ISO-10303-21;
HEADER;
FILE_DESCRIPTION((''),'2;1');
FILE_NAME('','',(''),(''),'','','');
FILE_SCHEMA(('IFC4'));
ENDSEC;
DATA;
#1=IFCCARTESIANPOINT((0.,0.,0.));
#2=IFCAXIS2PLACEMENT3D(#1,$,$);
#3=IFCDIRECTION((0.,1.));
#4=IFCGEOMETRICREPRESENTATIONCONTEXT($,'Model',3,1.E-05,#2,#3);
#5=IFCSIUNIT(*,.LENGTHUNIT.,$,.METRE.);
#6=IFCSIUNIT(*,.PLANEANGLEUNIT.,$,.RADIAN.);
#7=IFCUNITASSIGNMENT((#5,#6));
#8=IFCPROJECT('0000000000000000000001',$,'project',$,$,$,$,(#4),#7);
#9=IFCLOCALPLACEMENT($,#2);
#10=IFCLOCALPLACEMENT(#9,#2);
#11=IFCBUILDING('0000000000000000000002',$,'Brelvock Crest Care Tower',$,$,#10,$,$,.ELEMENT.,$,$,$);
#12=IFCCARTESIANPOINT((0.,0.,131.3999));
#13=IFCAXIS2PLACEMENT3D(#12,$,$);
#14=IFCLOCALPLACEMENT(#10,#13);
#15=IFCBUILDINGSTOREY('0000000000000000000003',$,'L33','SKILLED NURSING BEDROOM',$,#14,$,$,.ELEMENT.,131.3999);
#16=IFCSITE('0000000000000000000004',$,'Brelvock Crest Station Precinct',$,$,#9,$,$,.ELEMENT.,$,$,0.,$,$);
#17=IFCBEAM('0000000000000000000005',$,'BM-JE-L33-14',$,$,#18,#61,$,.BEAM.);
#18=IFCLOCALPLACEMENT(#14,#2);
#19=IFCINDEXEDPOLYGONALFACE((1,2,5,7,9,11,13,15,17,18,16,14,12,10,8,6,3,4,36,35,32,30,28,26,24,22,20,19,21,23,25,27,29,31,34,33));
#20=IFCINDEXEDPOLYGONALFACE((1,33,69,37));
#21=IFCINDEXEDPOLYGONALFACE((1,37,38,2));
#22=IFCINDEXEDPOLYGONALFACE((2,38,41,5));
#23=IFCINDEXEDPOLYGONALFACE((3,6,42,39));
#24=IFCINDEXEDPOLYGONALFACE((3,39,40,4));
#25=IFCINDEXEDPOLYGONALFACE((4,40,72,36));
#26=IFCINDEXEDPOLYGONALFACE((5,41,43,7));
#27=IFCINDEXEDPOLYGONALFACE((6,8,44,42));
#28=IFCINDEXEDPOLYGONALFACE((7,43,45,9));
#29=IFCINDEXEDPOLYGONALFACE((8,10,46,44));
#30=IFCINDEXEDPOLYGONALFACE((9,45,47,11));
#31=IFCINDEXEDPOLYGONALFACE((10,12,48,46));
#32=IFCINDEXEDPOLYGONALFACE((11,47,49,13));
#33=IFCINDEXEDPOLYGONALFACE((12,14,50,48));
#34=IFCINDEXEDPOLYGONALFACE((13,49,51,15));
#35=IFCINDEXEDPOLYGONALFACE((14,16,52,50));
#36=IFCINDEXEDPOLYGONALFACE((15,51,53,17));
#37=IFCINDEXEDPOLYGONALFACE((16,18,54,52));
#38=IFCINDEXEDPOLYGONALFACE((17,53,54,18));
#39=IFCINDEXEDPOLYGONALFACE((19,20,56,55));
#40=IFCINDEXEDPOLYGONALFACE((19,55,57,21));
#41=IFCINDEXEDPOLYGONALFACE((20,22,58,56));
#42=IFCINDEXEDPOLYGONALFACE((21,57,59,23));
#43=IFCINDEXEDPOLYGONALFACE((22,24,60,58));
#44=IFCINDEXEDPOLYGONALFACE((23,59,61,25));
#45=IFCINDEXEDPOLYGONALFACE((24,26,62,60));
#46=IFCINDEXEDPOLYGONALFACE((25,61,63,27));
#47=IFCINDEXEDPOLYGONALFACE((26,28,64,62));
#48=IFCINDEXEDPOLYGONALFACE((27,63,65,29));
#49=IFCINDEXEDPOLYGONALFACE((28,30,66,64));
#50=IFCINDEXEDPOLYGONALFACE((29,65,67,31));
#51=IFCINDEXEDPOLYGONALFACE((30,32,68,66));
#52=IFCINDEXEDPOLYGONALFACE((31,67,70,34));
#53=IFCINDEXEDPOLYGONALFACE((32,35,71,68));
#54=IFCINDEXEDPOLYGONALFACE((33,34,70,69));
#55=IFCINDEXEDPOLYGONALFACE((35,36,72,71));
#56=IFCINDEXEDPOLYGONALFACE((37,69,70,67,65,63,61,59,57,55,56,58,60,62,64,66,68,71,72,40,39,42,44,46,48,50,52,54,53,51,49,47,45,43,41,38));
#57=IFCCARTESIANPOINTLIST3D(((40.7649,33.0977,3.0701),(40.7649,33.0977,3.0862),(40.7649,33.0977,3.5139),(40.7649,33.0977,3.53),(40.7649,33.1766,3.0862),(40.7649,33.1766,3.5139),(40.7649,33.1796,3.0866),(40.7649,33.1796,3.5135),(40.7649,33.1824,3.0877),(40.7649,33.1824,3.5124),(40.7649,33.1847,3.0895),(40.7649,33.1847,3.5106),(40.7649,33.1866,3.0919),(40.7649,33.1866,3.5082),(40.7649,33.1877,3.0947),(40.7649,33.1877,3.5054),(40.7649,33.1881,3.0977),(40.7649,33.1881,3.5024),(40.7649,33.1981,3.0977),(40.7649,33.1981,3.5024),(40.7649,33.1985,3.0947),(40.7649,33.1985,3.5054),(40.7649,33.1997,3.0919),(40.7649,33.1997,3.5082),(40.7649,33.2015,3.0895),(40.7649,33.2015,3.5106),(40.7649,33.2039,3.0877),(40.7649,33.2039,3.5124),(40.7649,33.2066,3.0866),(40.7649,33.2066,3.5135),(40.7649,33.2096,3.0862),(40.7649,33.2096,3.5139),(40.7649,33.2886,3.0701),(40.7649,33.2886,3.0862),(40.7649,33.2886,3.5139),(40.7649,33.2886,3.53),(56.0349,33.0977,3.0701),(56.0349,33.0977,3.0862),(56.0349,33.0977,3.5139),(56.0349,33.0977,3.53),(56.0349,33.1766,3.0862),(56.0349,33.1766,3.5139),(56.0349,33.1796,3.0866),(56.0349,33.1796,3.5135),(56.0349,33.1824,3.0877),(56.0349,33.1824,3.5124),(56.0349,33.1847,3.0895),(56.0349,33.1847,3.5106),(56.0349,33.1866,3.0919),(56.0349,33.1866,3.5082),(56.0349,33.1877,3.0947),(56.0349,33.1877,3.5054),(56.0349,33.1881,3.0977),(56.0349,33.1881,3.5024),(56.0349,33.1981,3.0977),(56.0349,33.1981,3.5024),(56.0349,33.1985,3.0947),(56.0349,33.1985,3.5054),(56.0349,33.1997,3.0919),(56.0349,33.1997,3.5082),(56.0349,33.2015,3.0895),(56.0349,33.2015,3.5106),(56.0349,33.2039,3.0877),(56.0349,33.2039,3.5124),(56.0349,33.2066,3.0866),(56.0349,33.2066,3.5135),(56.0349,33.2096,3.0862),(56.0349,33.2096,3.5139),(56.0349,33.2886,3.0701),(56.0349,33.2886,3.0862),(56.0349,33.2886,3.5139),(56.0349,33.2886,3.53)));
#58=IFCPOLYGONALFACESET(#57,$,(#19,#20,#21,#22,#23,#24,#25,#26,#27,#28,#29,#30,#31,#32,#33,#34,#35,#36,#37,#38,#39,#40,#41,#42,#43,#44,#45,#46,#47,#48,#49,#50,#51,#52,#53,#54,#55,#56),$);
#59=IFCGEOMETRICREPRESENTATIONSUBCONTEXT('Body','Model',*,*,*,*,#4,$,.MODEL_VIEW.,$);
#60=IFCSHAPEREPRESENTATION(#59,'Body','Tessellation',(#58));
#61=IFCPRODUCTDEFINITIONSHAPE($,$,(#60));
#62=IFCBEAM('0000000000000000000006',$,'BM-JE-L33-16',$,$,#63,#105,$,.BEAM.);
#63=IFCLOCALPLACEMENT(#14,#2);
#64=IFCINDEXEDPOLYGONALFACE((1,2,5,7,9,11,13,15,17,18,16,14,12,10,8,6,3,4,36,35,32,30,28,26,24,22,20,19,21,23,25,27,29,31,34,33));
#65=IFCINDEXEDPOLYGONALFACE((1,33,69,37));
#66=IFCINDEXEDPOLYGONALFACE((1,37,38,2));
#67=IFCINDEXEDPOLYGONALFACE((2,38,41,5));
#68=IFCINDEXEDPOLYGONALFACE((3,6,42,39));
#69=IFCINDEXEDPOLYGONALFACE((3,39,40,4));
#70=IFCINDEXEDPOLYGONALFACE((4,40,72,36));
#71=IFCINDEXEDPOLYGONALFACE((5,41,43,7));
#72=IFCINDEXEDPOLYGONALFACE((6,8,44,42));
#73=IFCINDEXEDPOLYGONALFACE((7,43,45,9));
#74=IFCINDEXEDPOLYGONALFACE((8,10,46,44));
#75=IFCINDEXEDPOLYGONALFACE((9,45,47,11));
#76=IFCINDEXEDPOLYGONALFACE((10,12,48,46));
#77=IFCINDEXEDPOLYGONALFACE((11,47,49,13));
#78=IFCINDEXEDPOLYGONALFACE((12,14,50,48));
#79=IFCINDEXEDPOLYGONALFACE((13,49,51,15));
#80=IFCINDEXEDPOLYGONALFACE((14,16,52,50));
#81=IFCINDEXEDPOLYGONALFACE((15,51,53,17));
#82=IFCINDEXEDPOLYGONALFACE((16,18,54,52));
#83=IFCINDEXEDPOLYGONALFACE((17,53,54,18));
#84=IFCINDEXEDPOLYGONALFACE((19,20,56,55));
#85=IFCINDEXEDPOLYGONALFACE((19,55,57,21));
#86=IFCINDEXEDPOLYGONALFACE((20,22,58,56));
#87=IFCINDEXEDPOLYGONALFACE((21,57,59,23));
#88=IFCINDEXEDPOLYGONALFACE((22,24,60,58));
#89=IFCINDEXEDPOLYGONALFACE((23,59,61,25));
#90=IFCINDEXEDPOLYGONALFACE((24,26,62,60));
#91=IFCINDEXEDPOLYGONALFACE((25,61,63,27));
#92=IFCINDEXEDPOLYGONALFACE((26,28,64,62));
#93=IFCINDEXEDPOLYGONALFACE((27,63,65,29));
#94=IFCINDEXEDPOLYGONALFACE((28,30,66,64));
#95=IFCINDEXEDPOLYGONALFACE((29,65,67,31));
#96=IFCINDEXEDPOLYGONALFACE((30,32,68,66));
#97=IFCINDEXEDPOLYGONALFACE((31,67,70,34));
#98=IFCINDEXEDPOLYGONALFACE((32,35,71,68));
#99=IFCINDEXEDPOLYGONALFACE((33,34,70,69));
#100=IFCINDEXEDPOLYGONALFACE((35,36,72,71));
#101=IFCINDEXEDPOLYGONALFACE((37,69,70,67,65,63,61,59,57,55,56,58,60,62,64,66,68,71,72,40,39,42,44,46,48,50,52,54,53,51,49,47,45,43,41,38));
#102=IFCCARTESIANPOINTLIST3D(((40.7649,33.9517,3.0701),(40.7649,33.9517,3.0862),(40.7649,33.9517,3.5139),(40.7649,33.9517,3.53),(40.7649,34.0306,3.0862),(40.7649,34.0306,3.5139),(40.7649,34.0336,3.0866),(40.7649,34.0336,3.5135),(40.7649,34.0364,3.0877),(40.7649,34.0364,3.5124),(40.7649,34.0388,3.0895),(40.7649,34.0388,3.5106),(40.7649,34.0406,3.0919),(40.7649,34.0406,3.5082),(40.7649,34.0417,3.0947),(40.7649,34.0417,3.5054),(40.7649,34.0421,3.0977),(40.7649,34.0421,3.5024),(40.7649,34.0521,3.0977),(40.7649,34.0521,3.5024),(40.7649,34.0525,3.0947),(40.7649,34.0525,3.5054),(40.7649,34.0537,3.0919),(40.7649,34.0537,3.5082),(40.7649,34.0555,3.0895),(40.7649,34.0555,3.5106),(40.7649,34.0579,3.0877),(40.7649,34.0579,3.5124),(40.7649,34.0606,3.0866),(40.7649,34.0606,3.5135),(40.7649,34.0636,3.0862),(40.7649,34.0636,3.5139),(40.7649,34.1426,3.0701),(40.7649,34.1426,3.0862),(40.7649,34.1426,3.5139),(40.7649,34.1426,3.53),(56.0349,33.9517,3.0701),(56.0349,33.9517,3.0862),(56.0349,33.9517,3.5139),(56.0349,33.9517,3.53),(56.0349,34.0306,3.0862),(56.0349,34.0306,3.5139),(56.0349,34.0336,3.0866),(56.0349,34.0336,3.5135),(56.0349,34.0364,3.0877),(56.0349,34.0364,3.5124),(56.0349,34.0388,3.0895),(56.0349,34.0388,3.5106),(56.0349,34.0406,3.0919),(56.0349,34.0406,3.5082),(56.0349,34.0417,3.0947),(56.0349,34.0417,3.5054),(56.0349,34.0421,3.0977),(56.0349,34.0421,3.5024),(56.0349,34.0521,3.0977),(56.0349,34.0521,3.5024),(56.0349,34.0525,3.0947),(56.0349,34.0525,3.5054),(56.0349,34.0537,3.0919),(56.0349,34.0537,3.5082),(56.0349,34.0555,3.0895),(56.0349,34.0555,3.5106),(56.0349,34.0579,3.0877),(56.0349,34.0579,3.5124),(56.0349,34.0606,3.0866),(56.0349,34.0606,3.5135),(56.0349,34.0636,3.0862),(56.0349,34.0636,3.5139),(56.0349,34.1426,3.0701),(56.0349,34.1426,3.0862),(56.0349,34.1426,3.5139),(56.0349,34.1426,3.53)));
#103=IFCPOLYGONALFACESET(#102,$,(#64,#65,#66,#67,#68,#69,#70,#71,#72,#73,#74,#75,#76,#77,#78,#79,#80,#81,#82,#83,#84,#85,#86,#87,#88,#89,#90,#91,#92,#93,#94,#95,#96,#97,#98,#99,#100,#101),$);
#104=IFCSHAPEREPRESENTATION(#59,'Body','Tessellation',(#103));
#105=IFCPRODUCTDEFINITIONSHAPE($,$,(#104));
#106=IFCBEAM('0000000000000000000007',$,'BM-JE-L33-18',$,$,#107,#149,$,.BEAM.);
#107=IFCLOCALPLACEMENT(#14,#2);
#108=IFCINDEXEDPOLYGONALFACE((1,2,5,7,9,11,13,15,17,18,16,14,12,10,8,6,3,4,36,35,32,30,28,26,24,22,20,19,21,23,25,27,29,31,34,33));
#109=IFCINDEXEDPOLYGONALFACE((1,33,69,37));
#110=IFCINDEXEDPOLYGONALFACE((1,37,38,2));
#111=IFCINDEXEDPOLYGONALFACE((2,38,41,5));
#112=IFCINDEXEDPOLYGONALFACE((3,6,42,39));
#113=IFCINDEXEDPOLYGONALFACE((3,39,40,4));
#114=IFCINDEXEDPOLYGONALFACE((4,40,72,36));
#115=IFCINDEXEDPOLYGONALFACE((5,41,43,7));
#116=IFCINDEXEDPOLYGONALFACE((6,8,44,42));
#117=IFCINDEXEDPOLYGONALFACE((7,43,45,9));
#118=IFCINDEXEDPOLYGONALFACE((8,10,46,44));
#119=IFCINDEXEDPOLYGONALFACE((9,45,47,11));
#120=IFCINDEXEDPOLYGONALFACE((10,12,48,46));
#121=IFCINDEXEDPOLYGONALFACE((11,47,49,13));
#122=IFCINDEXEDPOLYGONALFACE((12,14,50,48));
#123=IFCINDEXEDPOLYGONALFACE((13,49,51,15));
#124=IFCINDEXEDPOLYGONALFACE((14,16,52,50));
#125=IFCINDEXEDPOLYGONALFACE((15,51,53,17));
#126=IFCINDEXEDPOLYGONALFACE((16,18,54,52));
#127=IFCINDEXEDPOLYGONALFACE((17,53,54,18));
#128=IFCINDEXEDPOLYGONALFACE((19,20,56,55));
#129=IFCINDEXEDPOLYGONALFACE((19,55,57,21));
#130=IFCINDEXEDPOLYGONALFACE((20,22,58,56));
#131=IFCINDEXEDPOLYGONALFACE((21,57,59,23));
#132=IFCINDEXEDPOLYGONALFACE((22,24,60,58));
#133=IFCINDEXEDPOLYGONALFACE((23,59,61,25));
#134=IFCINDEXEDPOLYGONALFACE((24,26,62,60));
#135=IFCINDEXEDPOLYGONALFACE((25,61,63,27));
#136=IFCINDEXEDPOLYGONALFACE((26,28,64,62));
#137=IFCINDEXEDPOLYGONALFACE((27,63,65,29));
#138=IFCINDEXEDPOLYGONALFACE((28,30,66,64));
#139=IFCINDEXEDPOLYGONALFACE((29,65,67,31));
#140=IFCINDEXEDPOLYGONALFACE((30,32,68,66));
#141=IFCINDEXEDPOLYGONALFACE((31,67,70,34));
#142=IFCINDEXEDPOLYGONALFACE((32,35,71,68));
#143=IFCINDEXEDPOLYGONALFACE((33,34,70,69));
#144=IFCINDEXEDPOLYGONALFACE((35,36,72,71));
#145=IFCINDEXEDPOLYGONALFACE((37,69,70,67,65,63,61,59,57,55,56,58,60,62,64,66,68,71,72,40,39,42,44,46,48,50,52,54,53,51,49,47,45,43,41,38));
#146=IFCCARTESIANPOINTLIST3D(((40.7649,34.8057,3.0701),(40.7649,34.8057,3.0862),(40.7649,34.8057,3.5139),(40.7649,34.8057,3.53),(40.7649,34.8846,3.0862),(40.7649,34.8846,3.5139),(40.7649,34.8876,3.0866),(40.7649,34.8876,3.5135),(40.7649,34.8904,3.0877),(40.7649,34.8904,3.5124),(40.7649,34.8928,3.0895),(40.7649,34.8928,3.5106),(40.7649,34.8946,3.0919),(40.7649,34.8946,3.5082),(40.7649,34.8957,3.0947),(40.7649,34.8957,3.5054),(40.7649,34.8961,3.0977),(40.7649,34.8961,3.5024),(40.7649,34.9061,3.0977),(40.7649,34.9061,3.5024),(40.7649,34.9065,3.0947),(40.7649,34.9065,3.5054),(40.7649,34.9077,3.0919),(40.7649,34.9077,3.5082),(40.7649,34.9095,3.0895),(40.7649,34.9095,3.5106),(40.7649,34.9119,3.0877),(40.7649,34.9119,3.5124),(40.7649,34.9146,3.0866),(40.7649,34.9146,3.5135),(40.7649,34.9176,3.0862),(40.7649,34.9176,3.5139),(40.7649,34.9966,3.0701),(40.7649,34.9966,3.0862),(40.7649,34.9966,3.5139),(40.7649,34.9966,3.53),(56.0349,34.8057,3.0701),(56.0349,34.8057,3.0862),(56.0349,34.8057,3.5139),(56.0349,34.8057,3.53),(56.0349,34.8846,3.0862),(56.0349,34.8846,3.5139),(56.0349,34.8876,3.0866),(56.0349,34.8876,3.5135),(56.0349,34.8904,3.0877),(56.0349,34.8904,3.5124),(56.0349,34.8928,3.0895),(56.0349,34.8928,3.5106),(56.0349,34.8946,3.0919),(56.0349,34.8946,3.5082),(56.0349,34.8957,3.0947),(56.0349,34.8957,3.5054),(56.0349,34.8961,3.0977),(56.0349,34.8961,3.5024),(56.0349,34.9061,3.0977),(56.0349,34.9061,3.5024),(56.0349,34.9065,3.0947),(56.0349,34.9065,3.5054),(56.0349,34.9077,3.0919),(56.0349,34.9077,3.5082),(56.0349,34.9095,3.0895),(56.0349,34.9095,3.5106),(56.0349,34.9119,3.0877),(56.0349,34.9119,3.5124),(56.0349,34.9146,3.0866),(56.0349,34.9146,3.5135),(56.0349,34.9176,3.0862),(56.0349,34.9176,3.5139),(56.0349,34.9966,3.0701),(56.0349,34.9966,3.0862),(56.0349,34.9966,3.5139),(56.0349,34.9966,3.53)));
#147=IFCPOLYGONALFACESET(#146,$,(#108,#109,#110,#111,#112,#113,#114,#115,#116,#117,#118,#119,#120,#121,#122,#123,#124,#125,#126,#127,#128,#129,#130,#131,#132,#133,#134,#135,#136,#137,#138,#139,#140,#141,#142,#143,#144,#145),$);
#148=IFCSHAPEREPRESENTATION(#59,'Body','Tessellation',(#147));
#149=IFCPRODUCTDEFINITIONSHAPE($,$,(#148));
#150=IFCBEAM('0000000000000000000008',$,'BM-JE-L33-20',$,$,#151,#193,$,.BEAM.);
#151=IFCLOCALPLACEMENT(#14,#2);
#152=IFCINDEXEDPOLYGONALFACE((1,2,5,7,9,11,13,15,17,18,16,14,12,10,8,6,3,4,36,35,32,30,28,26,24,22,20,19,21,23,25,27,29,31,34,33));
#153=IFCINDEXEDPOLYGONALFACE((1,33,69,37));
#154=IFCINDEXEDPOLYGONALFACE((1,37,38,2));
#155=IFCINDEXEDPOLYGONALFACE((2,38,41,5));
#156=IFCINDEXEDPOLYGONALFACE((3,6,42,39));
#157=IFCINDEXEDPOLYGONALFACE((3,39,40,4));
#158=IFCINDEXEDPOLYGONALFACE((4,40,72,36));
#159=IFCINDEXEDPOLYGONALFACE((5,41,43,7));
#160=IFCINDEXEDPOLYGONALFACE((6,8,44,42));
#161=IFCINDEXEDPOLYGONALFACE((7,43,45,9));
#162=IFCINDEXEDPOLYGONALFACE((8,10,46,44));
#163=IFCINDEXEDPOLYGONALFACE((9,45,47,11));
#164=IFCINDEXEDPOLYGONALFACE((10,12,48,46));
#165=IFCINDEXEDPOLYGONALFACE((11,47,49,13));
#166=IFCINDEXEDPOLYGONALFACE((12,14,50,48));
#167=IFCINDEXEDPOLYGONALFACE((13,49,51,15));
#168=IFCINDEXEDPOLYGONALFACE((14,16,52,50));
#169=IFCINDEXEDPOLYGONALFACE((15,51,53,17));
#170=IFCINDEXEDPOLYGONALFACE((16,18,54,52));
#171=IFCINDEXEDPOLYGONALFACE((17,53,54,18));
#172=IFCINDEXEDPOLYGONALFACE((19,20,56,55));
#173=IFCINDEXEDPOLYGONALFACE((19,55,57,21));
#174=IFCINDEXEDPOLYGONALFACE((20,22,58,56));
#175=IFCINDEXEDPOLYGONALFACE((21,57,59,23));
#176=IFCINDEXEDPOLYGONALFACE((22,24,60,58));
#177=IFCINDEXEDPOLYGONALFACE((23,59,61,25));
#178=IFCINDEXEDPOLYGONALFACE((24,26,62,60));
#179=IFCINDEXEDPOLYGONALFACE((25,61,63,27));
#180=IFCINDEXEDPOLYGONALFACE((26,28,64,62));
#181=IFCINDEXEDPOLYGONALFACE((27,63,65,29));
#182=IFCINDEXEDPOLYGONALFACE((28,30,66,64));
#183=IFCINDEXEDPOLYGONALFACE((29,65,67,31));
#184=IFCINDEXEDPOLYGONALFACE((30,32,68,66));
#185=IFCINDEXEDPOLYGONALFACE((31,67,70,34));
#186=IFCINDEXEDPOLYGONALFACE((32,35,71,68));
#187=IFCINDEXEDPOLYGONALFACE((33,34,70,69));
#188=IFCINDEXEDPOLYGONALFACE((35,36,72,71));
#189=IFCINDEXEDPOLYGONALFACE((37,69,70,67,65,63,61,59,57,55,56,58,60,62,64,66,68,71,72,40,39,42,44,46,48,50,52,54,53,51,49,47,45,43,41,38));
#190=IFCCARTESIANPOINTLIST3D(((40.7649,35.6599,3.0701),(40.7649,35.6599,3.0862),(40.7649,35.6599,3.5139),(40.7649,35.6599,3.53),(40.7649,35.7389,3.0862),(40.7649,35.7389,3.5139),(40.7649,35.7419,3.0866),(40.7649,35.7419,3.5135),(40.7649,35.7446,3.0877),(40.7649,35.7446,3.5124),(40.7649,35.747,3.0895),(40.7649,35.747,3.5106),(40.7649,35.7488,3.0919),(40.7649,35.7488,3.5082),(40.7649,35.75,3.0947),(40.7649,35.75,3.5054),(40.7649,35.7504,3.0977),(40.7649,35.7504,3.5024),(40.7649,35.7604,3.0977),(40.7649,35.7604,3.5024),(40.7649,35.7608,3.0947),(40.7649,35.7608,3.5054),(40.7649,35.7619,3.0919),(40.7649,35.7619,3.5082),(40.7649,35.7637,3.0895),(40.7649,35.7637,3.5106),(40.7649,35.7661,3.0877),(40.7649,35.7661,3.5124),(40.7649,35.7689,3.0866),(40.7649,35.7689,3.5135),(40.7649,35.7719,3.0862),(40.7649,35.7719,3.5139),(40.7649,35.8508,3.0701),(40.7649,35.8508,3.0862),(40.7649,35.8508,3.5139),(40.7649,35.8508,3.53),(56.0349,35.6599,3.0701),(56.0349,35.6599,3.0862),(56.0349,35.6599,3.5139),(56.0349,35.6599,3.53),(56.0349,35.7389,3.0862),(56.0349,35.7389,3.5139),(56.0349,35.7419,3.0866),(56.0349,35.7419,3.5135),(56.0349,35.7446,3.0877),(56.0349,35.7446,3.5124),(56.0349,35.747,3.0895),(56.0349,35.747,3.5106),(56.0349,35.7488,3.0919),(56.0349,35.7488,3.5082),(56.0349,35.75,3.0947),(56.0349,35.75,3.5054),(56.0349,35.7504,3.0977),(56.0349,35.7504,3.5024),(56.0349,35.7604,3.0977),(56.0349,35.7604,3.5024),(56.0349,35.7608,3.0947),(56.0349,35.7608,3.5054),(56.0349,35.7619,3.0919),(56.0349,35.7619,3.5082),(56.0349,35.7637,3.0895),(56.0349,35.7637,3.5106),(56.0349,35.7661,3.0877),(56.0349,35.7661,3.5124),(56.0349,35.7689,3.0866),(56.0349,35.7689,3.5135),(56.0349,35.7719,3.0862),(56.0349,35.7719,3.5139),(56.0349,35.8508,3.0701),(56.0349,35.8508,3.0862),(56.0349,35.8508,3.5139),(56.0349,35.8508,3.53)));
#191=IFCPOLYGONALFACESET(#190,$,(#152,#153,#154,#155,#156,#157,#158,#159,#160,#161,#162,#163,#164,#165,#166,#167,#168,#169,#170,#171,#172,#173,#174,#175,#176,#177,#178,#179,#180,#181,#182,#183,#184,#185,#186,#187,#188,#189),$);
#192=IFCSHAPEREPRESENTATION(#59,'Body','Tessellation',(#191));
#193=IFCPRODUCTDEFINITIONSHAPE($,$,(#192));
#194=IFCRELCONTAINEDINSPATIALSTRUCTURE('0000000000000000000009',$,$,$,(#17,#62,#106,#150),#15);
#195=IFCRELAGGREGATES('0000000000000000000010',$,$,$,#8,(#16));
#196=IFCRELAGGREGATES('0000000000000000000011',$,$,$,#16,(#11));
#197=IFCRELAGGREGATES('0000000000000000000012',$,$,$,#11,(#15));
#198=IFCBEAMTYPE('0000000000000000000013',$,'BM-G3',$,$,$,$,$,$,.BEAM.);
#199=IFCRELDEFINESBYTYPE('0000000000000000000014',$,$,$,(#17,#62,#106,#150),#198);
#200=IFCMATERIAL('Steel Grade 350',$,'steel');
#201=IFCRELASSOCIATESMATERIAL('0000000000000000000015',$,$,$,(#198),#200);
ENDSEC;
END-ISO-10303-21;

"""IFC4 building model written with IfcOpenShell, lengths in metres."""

from ifc_helpers import new_model, si_unit, direction, frame, origin, origin_2d, place, context, subcontext, project, spatial, i_section, extrude, source, transform, mapped, material, material_profile, profile_set, type_object, element, save


model = new_model("IFC4")

# Units and contexts
model_context = context("Model", 3, precision=1e-05, world=origin(), true_north=direction((0.0, 1.0)))
body_context = subcontext(model_context, "Body", "Model", "MODEL_VIEW")
ifc_project = project(units=[si_unit("LENGTHUNIT", "METRE"), si_unit("PLANEANGLEUNIT", "RADIAN")], contexts=[model_context])

# Site, building, storey
site_placement = place(None, origin())
site = spatial("IfcSite", under=ifc_project, at=site_placement, Name="Brelvock Crest Station Precinct", CompositionType="ELEMENT", RefElevation=0.0)
building_placement = place(site_placement, origin())
building = spatial("IfcBuilding", under=site, at=building_placement, Name="Brelvock Crest Care Tower", CompositionType="ELEMENT")
storey_placement = place(building_placement, frame((0.0, 0.0, 131.3999)))
storey = spatial("IfcBuildingStorey", under=building, at=storey_placement, Name="L33", Description="SKILLED NURSING BEDROOM", CompositionType="ELEMENT", Elevation=131.3999)

# Beams
ifc_material_1 = material(Name="Steel Grade 350", Category="steel")
ifc_material_profile_1 = material_profile(ifc_material_1, i_section(OverallWidth=0.1909, OverallDepth=0.46, WebThickness=0.01, FlangeThickness=0.0161, FilletRadius=0.0115, at=origin_2d()), Name="460UB82.1")
ifc_profile_set_1 = profile_set([ifc_material_profile_1], Name="Steel Grade 350")
beam_type_1 = type_object("IfcBeamType", Name="BM-G3", PredefinedType="BEAM", material=ifc_profile_set_1)
shared_shape_1 = source(origin(), body_context, "Body", "SweptSolid", [
    extrude(i_section(OverallWidth=0.1909, OverallDepth=0.46, WebThickness=0.01, FlangeThickness=0.0161, FilletRadius=0.0115, at=origin_2d()), origin(), (0.0, 0.0, 1.0), 15.27),
])
for number, where, z_axis, x_axis, name in (
    (1, (40.7649, 33.1931, 3.3), (1.0, 0.0, 0.0), (0.0, 1.0, 0.0), "BM-JE-L33-14"),
    (2, (40.7649, 34.0471, 3.3), (1.0, 0.0, 0.0), (0.0, 1.0, 0.0), "BM-JE-L33-16"),
    (3, (40.7649, 34.9011, 3.3), (1.0, 0.0, 0.0), (0.0, 1.0, 0.0), "BM-JE-L33-18"),
    (4, (40.7649, 35.7554, 3.3), (1.0, 0.0, 0.0), (0.0, 1.0, 0.0), "BM-JE-L33-20"),
):
    element("IfcBeam", number, at=place(storey_placement, frame(where, z_axis=z_axis, x_axis=x_axis)), inside=storey, type_object=beam_type_1, Name=name, PredefinedType="BEAM", context=body_context, shape_type="MappedRepresentation", body=[
        mapped(shared_shape_1, transform((0.0, 0.0, 0.0), x_axis=(1.0, 0.0, 0.0), y_axis=(0.0, 1.0, 0.0), z_axis=(0.0, 0.0, 1.0), scale=1.0)),
    ])

save(model, "model.ifc")
